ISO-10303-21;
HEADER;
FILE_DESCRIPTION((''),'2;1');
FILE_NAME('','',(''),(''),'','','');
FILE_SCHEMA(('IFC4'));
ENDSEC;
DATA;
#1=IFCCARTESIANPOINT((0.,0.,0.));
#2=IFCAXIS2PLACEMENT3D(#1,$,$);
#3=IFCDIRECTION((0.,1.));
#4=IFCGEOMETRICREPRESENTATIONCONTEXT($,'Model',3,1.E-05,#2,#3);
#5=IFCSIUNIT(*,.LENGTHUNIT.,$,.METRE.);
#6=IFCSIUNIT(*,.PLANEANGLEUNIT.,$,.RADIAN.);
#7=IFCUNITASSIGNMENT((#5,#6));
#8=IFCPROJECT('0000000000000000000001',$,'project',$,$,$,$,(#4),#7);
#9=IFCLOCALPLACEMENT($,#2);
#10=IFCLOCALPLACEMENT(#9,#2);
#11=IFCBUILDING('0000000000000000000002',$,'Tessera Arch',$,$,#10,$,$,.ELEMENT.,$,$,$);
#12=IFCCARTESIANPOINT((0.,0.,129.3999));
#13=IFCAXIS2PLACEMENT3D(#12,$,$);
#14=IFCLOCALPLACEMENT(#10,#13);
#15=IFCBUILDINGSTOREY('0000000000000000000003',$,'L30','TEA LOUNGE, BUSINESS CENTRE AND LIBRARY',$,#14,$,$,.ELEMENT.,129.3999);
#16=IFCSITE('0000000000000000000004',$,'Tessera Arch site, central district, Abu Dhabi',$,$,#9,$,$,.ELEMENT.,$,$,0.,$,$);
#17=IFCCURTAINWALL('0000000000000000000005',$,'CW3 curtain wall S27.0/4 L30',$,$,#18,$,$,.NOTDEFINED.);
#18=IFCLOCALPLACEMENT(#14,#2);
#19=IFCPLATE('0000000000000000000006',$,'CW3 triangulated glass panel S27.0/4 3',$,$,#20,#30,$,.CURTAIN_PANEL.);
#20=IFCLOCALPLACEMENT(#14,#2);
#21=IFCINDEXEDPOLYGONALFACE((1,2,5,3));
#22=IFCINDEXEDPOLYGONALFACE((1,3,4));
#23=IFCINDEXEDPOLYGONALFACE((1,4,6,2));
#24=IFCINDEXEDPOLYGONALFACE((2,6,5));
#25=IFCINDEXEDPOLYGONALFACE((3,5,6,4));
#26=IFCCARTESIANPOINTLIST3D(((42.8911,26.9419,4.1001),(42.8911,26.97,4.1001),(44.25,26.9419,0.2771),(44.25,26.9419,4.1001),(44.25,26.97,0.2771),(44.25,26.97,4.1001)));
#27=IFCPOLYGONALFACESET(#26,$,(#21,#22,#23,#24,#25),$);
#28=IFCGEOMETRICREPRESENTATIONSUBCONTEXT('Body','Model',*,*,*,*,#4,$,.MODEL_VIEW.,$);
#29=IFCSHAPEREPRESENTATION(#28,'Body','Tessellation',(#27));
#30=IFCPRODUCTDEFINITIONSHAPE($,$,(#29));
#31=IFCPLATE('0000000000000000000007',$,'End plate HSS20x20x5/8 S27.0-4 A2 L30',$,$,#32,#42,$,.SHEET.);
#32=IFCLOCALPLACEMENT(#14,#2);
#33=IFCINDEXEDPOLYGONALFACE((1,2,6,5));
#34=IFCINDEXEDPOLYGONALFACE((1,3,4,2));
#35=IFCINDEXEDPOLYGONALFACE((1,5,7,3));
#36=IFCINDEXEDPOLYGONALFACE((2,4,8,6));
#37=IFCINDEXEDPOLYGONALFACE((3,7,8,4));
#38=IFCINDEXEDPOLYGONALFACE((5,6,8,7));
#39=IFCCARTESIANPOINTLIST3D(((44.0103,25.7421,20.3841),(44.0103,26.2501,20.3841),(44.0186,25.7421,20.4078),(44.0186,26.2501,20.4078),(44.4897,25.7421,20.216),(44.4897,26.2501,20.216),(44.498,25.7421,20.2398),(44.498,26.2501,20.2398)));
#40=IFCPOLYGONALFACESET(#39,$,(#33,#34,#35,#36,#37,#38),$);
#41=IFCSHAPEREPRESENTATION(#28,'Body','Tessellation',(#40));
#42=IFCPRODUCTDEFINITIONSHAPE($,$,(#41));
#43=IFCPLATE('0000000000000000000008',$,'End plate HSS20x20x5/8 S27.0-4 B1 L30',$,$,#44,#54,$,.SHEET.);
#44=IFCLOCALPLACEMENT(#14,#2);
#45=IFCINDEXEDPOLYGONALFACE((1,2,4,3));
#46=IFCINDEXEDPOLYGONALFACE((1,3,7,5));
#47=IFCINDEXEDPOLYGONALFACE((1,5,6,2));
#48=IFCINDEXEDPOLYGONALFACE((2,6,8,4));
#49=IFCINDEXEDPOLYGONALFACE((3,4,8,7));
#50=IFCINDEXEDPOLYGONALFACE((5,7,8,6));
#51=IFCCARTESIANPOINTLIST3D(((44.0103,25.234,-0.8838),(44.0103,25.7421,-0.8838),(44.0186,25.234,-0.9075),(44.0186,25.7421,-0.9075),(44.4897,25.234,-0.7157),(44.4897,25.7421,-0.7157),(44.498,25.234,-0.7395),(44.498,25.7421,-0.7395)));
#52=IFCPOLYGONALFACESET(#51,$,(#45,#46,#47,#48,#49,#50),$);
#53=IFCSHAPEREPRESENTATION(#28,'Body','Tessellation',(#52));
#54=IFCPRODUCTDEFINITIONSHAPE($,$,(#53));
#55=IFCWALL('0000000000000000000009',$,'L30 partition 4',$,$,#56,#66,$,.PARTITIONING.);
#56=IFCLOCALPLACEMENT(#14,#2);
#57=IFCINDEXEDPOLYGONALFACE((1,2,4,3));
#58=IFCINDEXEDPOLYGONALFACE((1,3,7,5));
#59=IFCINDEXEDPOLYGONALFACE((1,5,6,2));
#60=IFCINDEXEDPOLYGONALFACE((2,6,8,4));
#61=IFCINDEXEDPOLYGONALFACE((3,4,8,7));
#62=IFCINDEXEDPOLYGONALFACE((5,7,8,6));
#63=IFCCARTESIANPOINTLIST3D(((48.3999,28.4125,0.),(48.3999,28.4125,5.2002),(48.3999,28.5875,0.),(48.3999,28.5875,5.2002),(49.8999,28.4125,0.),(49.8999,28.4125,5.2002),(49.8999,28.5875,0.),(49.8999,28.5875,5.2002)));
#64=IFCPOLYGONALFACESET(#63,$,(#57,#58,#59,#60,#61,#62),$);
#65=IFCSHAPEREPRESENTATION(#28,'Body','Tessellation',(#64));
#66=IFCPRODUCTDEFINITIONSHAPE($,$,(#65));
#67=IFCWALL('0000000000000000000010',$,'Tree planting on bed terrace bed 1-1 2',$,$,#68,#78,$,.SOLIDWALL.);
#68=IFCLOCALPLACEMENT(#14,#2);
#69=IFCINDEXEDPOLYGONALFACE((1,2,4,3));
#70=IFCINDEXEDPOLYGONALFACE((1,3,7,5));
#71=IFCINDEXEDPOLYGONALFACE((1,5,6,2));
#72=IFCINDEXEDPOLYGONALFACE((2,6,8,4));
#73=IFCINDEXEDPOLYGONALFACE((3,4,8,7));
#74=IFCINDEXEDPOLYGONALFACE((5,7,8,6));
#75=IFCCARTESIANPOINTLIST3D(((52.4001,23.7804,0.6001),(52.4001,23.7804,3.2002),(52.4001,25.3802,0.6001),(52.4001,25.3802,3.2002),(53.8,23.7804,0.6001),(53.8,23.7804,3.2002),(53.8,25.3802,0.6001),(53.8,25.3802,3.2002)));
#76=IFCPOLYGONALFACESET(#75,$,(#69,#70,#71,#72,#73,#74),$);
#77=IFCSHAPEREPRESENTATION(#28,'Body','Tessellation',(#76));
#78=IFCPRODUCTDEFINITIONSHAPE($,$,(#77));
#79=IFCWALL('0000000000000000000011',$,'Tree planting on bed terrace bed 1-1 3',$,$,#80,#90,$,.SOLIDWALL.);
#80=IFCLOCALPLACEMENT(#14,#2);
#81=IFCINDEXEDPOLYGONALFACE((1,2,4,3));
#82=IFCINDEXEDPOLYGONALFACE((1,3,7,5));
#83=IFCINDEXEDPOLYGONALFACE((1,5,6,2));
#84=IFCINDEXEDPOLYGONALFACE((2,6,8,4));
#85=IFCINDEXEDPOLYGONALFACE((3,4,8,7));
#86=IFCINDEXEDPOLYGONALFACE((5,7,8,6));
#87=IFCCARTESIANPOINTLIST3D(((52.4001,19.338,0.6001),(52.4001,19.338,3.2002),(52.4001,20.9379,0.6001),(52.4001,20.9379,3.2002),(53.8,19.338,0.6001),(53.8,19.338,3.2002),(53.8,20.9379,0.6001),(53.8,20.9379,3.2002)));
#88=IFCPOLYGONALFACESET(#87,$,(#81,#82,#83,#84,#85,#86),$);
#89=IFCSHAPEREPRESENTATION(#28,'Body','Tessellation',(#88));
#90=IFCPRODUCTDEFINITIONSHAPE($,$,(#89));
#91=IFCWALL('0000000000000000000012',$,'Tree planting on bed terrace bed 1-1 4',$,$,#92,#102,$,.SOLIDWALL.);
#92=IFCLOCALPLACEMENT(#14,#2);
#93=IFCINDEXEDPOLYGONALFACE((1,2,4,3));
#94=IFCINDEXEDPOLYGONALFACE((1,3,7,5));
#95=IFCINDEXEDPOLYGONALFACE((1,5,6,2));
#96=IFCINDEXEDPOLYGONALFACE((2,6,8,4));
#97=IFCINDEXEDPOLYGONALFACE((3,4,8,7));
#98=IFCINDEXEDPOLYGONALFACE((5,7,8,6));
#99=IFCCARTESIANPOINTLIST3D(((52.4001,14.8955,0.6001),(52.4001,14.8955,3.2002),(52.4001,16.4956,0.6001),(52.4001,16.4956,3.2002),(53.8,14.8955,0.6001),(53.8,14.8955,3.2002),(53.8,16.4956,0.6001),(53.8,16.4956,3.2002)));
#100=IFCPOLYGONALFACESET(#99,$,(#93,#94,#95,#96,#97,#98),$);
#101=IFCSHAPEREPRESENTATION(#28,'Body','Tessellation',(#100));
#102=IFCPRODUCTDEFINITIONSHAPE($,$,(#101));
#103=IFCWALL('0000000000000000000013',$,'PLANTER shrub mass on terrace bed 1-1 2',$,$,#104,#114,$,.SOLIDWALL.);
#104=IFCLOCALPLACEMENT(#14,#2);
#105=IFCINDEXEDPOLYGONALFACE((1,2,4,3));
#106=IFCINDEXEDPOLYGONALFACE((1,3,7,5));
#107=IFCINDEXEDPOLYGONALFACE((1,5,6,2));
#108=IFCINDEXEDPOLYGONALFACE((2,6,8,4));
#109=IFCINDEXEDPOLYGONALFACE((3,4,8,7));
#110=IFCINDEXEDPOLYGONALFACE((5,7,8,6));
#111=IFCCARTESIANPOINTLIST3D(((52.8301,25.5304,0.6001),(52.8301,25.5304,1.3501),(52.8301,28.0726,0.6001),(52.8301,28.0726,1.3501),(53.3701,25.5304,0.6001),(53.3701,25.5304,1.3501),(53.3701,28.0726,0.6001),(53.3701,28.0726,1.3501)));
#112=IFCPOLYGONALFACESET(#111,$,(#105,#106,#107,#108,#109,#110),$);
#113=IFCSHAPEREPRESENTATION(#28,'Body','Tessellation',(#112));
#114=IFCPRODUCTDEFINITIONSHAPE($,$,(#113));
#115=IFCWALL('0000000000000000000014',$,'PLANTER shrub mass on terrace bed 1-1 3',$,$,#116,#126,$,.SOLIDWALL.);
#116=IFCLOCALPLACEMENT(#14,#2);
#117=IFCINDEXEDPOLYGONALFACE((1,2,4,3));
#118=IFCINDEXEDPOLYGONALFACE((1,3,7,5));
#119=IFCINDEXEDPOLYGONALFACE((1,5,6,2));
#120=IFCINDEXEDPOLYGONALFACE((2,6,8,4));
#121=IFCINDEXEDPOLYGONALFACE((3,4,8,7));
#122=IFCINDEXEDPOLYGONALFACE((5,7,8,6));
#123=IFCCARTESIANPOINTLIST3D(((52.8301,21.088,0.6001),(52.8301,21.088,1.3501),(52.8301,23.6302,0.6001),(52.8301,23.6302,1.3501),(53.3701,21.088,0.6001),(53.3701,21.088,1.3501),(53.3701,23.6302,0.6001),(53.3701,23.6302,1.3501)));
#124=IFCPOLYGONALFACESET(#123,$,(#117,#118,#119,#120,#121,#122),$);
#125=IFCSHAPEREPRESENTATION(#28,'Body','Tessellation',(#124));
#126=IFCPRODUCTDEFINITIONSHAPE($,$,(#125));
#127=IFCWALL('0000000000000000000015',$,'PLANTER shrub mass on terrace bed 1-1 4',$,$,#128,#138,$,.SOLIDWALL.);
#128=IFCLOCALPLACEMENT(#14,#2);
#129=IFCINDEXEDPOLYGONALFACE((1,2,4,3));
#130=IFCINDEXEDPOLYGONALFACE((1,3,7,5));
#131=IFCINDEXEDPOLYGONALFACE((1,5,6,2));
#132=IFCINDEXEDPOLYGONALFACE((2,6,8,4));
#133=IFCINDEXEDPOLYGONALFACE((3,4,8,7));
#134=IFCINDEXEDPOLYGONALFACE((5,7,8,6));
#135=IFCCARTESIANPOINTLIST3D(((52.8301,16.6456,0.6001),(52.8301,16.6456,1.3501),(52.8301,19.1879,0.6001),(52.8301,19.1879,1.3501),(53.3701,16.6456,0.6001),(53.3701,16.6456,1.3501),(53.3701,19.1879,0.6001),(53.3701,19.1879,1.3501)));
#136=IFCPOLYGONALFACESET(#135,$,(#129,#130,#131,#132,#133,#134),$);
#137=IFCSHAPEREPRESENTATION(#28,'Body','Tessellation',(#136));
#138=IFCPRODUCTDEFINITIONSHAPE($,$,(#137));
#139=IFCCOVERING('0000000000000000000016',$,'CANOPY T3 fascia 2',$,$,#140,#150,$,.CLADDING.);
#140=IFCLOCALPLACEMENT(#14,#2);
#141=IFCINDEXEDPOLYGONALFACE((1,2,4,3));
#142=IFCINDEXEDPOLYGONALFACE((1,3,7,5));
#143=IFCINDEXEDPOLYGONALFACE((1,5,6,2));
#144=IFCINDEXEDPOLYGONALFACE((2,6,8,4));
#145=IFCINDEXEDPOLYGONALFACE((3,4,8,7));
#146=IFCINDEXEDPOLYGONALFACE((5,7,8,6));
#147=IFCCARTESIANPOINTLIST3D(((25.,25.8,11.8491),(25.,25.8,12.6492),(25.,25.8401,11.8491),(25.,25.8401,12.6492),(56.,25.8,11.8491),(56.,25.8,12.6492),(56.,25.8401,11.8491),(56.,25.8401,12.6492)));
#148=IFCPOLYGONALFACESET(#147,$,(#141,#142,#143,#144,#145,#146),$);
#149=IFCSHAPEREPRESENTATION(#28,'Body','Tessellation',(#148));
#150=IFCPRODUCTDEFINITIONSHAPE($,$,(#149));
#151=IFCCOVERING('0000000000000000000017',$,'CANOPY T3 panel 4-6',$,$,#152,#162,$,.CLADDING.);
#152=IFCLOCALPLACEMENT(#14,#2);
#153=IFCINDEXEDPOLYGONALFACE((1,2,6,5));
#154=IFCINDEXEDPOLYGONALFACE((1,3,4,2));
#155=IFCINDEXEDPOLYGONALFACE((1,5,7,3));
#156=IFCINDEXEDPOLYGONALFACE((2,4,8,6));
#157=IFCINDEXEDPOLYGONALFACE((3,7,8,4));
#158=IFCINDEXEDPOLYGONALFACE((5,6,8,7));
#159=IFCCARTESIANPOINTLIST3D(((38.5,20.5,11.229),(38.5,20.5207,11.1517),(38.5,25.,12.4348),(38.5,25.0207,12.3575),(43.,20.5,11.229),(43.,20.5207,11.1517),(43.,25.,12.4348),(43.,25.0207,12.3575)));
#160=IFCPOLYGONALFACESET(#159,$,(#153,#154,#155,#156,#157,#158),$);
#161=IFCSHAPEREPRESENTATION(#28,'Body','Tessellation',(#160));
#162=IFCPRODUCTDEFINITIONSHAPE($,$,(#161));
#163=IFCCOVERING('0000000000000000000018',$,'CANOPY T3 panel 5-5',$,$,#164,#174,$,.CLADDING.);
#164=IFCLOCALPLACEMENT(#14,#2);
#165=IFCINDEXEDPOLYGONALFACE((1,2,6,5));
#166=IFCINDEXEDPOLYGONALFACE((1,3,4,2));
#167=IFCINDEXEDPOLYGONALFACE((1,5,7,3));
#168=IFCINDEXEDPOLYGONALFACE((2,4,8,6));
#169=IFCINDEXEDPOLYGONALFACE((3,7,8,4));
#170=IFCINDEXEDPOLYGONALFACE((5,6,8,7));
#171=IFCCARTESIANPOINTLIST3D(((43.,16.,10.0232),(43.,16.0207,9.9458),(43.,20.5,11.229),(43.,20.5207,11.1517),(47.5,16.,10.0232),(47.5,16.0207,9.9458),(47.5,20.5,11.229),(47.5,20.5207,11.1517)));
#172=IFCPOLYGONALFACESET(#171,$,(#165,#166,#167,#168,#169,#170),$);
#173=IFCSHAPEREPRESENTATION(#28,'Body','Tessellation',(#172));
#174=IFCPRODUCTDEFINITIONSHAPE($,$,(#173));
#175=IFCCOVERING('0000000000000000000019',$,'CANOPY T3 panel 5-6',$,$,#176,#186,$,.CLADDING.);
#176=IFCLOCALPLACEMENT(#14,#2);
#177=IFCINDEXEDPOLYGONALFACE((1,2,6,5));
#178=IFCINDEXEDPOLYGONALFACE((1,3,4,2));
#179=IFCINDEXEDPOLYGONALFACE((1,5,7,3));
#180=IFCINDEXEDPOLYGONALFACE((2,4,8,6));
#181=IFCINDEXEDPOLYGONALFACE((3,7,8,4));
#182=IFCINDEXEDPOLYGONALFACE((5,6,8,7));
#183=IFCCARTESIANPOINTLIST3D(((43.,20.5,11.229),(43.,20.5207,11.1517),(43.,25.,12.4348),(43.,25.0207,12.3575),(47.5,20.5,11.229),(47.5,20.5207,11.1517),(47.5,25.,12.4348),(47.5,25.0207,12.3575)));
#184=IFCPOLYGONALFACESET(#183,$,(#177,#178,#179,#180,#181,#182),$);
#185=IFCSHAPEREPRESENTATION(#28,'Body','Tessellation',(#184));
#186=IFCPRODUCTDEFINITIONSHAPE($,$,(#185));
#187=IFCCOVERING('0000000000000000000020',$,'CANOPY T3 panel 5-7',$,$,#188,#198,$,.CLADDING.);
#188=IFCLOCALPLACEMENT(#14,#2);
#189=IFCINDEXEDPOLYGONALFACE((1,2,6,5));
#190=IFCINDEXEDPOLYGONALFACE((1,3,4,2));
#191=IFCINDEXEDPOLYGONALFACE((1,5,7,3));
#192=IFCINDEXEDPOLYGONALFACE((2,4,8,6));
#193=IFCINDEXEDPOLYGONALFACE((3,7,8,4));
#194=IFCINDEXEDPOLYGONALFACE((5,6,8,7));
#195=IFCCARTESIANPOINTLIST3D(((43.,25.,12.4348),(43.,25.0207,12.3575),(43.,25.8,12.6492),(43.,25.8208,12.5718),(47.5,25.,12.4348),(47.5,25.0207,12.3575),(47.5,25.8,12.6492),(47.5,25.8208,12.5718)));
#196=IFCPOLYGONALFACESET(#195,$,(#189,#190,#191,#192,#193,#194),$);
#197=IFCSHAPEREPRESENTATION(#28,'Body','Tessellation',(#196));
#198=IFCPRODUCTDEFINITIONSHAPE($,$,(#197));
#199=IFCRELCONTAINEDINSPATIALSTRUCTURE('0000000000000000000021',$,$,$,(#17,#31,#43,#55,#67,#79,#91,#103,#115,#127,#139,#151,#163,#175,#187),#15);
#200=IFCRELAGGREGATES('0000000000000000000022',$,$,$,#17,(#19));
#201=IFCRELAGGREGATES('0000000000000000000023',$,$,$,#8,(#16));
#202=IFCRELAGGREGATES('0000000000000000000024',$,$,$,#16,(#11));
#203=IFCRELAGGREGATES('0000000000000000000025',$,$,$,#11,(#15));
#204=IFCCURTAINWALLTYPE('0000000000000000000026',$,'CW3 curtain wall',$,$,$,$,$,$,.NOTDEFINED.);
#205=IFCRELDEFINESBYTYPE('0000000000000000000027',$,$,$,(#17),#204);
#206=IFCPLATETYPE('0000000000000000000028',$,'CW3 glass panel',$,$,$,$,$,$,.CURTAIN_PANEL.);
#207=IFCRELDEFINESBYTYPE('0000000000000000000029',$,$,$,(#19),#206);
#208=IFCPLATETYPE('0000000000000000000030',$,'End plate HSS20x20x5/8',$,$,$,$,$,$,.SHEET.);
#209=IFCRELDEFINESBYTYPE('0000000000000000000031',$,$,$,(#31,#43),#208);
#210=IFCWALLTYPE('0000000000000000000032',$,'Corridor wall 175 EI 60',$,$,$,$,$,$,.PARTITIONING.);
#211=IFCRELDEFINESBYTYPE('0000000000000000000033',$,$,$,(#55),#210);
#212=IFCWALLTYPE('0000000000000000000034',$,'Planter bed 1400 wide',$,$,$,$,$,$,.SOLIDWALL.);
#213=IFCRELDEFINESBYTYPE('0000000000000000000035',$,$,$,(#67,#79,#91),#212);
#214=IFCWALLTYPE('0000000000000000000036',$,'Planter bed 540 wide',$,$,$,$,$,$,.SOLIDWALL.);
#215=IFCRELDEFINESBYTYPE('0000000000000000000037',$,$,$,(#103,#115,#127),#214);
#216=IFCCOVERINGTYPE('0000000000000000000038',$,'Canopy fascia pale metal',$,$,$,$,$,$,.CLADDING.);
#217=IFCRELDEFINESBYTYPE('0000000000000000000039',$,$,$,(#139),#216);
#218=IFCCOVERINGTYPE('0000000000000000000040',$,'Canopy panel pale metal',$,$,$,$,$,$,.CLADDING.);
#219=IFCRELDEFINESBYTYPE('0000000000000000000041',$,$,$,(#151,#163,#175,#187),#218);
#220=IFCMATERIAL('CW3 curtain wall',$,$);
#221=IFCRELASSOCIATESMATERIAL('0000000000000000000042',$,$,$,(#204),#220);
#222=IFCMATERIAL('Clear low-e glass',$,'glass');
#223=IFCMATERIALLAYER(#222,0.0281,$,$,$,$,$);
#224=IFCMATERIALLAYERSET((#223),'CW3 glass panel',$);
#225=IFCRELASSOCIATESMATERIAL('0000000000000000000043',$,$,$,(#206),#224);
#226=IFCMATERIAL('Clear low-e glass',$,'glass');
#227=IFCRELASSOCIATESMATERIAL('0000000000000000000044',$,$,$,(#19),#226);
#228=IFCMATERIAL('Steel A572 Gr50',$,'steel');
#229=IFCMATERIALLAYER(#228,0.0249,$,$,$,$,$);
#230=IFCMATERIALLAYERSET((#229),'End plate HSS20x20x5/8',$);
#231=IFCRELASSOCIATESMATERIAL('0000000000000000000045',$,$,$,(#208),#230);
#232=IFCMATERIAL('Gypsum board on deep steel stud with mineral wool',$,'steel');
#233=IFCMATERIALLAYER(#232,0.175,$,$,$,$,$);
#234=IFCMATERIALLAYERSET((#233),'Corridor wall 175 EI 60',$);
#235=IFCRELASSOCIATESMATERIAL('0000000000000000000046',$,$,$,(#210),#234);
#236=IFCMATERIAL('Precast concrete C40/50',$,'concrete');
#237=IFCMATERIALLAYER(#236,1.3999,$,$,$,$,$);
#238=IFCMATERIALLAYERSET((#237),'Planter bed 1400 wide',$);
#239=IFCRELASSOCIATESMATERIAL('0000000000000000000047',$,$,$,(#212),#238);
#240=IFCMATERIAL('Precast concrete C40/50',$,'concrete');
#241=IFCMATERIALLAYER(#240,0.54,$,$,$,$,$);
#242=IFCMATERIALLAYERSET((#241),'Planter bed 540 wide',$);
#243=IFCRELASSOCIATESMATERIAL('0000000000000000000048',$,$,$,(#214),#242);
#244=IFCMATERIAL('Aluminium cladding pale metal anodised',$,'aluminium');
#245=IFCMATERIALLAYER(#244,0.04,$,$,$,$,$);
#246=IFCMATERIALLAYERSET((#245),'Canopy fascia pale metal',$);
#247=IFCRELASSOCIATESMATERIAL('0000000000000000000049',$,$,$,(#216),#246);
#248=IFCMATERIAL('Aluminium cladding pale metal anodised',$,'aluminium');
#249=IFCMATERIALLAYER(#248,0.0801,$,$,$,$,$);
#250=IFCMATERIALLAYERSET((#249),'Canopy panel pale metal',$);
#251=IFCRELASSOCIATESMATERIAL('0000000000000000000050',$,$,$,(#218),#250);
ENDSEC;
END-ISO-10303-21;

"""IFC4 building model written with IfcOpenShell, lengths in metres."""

from ifc_helpers import new_model, si_unit, direction, frame, frame_2d, origin, origin_2d, place, context, subcontext, project, spatial, polyline, rectangle, outline, extrude, material, layer, layer_set, type_object, element, aggregate, save


model = new_model("IFC4")

# Units and contexts
model_context = context("Model", 3, precision=1e-05, world=origin(), true_north=direction((0.0, 1.0)))
body_context = subcontext(model_context, "Body", "Model", "MODEL_VIEW")
ifc_project = project(units=[si_unit("LENGTHUNIT", "METRE"), si_unit("PLANEANGLEUNIT", "RADIAN")], contexts=[model_context])

# Site, building, storey
site_placement = place(None, origin())
site = spatial("IfcSite", under=ifc_project, at=site_placement, Name="Tessera Arch site, central district, Abu Dhabi", CompositionType="ELEMENT", RefElevation=0.0)
building_placement = place(site_placement, origin())
building = spatial("IfcBuilding", under=site, at=building_placement, Name="Tessera Arch", CompositionType="ELEMENT")
storey_placement = place(building_placement, frame((0.0, 0.0, 129.3999)))
storey = spatial("IfcBuildingStorey", under=building, at=storey_placement, Name="L30", Description="TEA LOUNGE, BUSINESS CENTRE AND LIBRARY", CompositionType="ELEMENT", Elevation=129.3999)

# Shared definitions
ifc_material_1 = material(Name="Clear low-e glass", Category="glass")

# Curtain wall, plate
ifc_material_2 = material(Name="CW3 curtain wall")
curtain_wall_type_1 = type_object("IfcCurtainWallType", Name="CW3 curtain wall", PredefinedType="NOTDEFINED", material=ifc_material_2)
curtain_wall_1_placement = place(storey_placement, origin())
curtain_wall_1 = element("IfcCurtainWall", 1, at=curtain_wall_1_placement, inside=storey, type_object=curtain_wall_type_1, Name="CW3 curtain wall S27.0/4 L30", PredefinedType="NOTDEFINED")
ifc_material_3 = material(Name="Clear low-e glass", Category="glass")
ifc_layer_1 = layer(ifc_material_3, 0.0281)
ifc_layer_set_1 = layer_set([ifc_layer_1], Name="CW3 glass panel")
plate_type_1 = type_object("IfcPlateType", Name="CW3 glass panel", PredefinedType="CURTAIN_PANEL", material=ifc_layer_set_1)
plate_1_placement = place(storey_placement, frame((44.25, 26.9419, 4.1001), z_axis=(0.0, -1.0, 0.0), x_axis=(-1.0, 0.0, 0.0)))
plate_1 = element("IfcPlate", 2, at=plate_1_placement, type_object=plate_type_1, material=ifc_material_1, Name="CW3 triangulated glass panel S27.0/4 3", PredefinedType="CURTAIN_PANEL", context=body_context, shape_type="SweptSolid", body=[
    extrude(outline(polyline([(0.0, 0.0), (1.3589, 0.0), (0.0, 3.823), (0.0, 0.0)])), origin(), (0.0, 0.0, -1.0), 0.0281),
])
aggregate(curtain_wall_1, [plate_1])

# Plates
ifc_material_4 = material(Name="Steel A572 Gr50", Category="steel")
ifc_layer_2 = layer(ifc_material_4, 0.0249)
ifc_layer_set_2 = layer_set([ifc_layer_2], Name="End plate HSS20x20x5/8")
plate_type_2 = type_object("IfcPlateType", Name="End plate HSS20x20x5/8", PredefinedType="SHEET", material=ifc_layer_set_2)
for number, where, z_axis, x_axis, name in (
    (3, (44.25, 25.9961, 20.3), (0.330784, 0.0, 0.943707), (0.0, 1.0, 0.0), "End plate HSS20x20x5/8 S27.0-4 A2 L30"),
    (4, (44.2583, 25.488, -0.8235), (-0.330784, 0.0, 0.943707), (0.0, -1.0, 0.0), "End plate HSS20x20x5/8 S27.0-4 B1 L30"),
):
    element("IfcPlate", number, at=place(storey_placement, frame(where, z_axis=z_axis, x_axis=x_axis)), inside=storey, type_object=plate_type_2, Name=name, PredefinedType="SHEET", context=body_context, shape_type="SweptSolid", body=[
        extrude(rectangle(XDim=0.5081, YDim=0.5081, at=origin_2d()), origin(), (0.0, 0.0, 1.0), 0.0251),
    ])

# Walls
ifc_material_5 = material(Name="Gypsum board on deep steel stud with mineral wool", Category="steel")
ifc_layer_3 = layer(ifc_material_5, 0.175)
ifc_layer_set_3 = layer_set([ifc_layer_3], Name="Corridor wall 175 EI 60")
wall_type_1 = type_object("IfcWallType", Name="Corridor wall 175 EI 60", PredefinedType="PARTITIONING", material=ifc_layer_set_3)
wall_1_placement = place(storey_placement, frame((48.3999, 28.5, 0.0), z_axis=(0.0, 0.0, 1.0), x_axis=(1.0, 0.0, 0.0)))
element("IfcWall", 5, at=wall_1_placement, inside=storey, type_object=wall_type_1, Name="L30 partition 4", PredefinedType="PARTITIONING", context=body_context, shape_type="SweptSolid", body=[
    extrude(rectangle(XDim=1.5, YDim=0.175, at=frame_2d((0.75, 0.0))), origin(), (0.0, 0.0, 1.0), 5.2002),
])
ifc_material_6 = material(Name="Precast concrete C40/50", Category="concrete")
ifc_layer_4 = layer(ifc_material_6, 1.3999)
ifc_layer_set_4 = layer_set([ifc_layer_4], Name="Planter bed 1400 wide")
wall_type_2 = type_object("IfcWallType", Name="Planter bed 1400 wide", PredefinedType="SOLIDWALL", material=ifc_layer_set_4)
for number, where, z_axis, x_axis, name in (
    (6, (53.1001, 25.3801, 0.6001), (0.0, 0.0, 1.0), (0.0, -1.0, 0.0), "Tree planting on bed terrace bed 1-1 2"),
    (7, (53.1001, 20.9377, 0.6001), (0.0, 0.0, 1.0), (0.0, -1.0, 0.0), "Tree planting on bed terrace bed 1-1 3"),
):
    element("IfcWall", number, at=place(storey_placement, frame(where, z_axis=z_axis, x_axis=x_axis)), inside=storey, type_object=wall_type_2, Name=name, PredefinedType="SOLIDWALL", context=body_context, shape_type="SweptSolid", body=[
        extrude(rectangle(XDim=1.5999, YDim=1.3999, at=frame_2d((0.7998, 0.0))), origin(), (0.0, 0.0, 1.0), 2.6001),
    ])
wall_2_placement = place(storey_placement, frame((53.1001, 16.4956, 0.6001), z_axis=(0.0, 0.0, 1.0), x_axis=(0.0, -1.0, 0.0)))
element("IfcWall", 8, at=wall_2_placement, inside=storey, type_object=wall_type_2, Name="Tree planting on bed terrace bed 1-1 4", PredefinedType="SOLIDWALL", context=body_context, shape_type="SweptSolid", body=[
    extrude(rectangle(XDim=1.6001, YDim=1.3999, at=frame_2d((0.8, 0.0))), origin(), (0.0, 0.0, 1.0), 2.6001),
])
ifc_material_7 = material(Name="Precast concrete C40/50", Category="concrete")
ifc_layer_5 = layer(ifc_material_7, 0.54)
ifc_layer_set_5 = layer_set([ifc_layer_5], Name="Planter bed 540 wide")
wall_type_3 = type_object("IfcWallType", Name="Planter bed 540 wide", PredefinedType="SOLIDWALL", material=ifc_layer_set_5)
for number, where, z_axis, x_axis, name in (
    (9, (53.1001, 28.0725, 0.6001), (0.0, 0.0, 1.0), (0.0, -1.0, 0.0), "PLANTER shrub mass on terrace bed 1-1 2"),
    (10, (53.1001, 23.6301, 0.6001), (0.0, 0.0, 1.0), (0.0, -1.0, 0.0), "PLANTER shrub mass on terrace bed 1-1 3"),
    (11, (53.1001, 19.1877, 0.6001), (0.0, 0.0, 1.0), (0.0, -1.0, 0.0), "PLANTER shrub mass on terrace bed 1-1 4"),
):
    element("IfcWall", number, at=place(storey_placement, frame(where, z_axis=z_axis, x_axis=x_axis)), inside=storey, type_object=wall_type_3, Name=name, PredefinedType="SOLIDWALL", context=body_context, shape_type="SweptSolid", body=[
        extrude(rectangle(XDim=2.5422, YDim=0.54, at=frame_2d((1.271, 0.0))), origin(), (0.0, 0.0, 1.0), 0.75),
    ])

# Coverings
ifc_material_8 = material(Name="Aluminium cladding pale metal anodised", Category="aluminium")
ifc_layer_6 = layer(ifc_material_8, 0.04)
ifc_layer_set_6 = layer_set([ifc_layer_6], Name="Canopy fascia pale metal")
covering_type_1 = type_object("IfcCoveringType", Name="Canopy fascia pale metal", PredefinedType="CLADDING", material=ifc_layer_set_6)
covering_1_placement = place(storey_placement, frame((56.0, 25.8, 12.6492), z_axis=(0.0, -1.0, 0.0), x_axis=(-1.0, 0.0, 0.0)))
element("IfcCovering", 12, at=covering_1_placement, inside=storey, type_object=covering_type_1, Name="CANOPY T3 fascia 2", PredefinedType="CLADDING", context=body_context, shape_type="SweptSolid", body=[
    extrude(outline(polyline([(0.0, 0.0), (31.0, 0.0), (31.0, 0.8), (0.0, 0.8), (0.0, 0.0)])), origin(), (0.0, 0.0, -1.0), 0.04),
])
ifc_material_9 = material(Name="Aluminium cladding pale metal anodised", Category="aluminium")
ifc_layer_7 = layer(ifc_material_9, 0.0801)
ifc_layer_set_7 = layer_set([ifc_layer_7], Name="Canopy panel pale metal")
covering_type_2 = type_object("IfcCoveringType", Name="Canopy panel pale metal", PredefinedType="CLADDING", material=ifc_layer_set_7)
for number, where, z_axis, x_axis, name in (
    (13, (43.0, 20.5, 11.229), (0.0, -0.258827, 0.965924), (0.0, 0.965924, 0.258827), "CANOPY T3 panel 4-6"),
    (14, (47.5, 16.0, 10.0232), (0.0, -0.258827, 0.965924), (0.0, 0.965924, 0.258827), "CANOPY T3 panel 5-5"),
    (15, (47.5, 20.5, 11.229), (0.0, -0.258827, 0.965924), (0.0, 0.965924, 0.258827), "CANOPY T3 panel 5-6"),
):
    element("IfcCovering", number, at=place(storey_placement, frame(where, z_axis=z_axis, x_axis=x_axis)), inside=storey, type_object=covering_type_2, Name=name, PredefinedType="CLADDING", context=body_context, shape_type="SweptSolid", body=[
        extrude(outline(polyline([(0.0, 0.0), (4.6588, 0.0), (4.6588, 4.5), (0.0, 4.5), (0.0, 0.0)])), origin(), (0.0, 0.0, -1.0), 0.0801),
    ])
covering_2_placement = place(storey_placement, frame((43.0, 25.8, 12.6492), z_axis=(0.0, -0.2588, 0.965931), x_axis=(0.0, -0.965931, -0.2588)))
element("IfcCovering", 16, at=covering_2_placement, inside=storey, type_object=covering_type_2, Name="CANOPY T3 panel 5-7", PredefinedType="CLADDING", context=body_context, shape_type="SweptSolid", body=[
    extrude(outline(polyline([(0.0, 0.0), (0.8283, 0.0), (0.8283, 4.5), (0.0, 4.5), (0.0, 0.0)])), origin(), (0.0, 0.0, -1.0), 0.0801),
])

save(model, "model.ifc")
